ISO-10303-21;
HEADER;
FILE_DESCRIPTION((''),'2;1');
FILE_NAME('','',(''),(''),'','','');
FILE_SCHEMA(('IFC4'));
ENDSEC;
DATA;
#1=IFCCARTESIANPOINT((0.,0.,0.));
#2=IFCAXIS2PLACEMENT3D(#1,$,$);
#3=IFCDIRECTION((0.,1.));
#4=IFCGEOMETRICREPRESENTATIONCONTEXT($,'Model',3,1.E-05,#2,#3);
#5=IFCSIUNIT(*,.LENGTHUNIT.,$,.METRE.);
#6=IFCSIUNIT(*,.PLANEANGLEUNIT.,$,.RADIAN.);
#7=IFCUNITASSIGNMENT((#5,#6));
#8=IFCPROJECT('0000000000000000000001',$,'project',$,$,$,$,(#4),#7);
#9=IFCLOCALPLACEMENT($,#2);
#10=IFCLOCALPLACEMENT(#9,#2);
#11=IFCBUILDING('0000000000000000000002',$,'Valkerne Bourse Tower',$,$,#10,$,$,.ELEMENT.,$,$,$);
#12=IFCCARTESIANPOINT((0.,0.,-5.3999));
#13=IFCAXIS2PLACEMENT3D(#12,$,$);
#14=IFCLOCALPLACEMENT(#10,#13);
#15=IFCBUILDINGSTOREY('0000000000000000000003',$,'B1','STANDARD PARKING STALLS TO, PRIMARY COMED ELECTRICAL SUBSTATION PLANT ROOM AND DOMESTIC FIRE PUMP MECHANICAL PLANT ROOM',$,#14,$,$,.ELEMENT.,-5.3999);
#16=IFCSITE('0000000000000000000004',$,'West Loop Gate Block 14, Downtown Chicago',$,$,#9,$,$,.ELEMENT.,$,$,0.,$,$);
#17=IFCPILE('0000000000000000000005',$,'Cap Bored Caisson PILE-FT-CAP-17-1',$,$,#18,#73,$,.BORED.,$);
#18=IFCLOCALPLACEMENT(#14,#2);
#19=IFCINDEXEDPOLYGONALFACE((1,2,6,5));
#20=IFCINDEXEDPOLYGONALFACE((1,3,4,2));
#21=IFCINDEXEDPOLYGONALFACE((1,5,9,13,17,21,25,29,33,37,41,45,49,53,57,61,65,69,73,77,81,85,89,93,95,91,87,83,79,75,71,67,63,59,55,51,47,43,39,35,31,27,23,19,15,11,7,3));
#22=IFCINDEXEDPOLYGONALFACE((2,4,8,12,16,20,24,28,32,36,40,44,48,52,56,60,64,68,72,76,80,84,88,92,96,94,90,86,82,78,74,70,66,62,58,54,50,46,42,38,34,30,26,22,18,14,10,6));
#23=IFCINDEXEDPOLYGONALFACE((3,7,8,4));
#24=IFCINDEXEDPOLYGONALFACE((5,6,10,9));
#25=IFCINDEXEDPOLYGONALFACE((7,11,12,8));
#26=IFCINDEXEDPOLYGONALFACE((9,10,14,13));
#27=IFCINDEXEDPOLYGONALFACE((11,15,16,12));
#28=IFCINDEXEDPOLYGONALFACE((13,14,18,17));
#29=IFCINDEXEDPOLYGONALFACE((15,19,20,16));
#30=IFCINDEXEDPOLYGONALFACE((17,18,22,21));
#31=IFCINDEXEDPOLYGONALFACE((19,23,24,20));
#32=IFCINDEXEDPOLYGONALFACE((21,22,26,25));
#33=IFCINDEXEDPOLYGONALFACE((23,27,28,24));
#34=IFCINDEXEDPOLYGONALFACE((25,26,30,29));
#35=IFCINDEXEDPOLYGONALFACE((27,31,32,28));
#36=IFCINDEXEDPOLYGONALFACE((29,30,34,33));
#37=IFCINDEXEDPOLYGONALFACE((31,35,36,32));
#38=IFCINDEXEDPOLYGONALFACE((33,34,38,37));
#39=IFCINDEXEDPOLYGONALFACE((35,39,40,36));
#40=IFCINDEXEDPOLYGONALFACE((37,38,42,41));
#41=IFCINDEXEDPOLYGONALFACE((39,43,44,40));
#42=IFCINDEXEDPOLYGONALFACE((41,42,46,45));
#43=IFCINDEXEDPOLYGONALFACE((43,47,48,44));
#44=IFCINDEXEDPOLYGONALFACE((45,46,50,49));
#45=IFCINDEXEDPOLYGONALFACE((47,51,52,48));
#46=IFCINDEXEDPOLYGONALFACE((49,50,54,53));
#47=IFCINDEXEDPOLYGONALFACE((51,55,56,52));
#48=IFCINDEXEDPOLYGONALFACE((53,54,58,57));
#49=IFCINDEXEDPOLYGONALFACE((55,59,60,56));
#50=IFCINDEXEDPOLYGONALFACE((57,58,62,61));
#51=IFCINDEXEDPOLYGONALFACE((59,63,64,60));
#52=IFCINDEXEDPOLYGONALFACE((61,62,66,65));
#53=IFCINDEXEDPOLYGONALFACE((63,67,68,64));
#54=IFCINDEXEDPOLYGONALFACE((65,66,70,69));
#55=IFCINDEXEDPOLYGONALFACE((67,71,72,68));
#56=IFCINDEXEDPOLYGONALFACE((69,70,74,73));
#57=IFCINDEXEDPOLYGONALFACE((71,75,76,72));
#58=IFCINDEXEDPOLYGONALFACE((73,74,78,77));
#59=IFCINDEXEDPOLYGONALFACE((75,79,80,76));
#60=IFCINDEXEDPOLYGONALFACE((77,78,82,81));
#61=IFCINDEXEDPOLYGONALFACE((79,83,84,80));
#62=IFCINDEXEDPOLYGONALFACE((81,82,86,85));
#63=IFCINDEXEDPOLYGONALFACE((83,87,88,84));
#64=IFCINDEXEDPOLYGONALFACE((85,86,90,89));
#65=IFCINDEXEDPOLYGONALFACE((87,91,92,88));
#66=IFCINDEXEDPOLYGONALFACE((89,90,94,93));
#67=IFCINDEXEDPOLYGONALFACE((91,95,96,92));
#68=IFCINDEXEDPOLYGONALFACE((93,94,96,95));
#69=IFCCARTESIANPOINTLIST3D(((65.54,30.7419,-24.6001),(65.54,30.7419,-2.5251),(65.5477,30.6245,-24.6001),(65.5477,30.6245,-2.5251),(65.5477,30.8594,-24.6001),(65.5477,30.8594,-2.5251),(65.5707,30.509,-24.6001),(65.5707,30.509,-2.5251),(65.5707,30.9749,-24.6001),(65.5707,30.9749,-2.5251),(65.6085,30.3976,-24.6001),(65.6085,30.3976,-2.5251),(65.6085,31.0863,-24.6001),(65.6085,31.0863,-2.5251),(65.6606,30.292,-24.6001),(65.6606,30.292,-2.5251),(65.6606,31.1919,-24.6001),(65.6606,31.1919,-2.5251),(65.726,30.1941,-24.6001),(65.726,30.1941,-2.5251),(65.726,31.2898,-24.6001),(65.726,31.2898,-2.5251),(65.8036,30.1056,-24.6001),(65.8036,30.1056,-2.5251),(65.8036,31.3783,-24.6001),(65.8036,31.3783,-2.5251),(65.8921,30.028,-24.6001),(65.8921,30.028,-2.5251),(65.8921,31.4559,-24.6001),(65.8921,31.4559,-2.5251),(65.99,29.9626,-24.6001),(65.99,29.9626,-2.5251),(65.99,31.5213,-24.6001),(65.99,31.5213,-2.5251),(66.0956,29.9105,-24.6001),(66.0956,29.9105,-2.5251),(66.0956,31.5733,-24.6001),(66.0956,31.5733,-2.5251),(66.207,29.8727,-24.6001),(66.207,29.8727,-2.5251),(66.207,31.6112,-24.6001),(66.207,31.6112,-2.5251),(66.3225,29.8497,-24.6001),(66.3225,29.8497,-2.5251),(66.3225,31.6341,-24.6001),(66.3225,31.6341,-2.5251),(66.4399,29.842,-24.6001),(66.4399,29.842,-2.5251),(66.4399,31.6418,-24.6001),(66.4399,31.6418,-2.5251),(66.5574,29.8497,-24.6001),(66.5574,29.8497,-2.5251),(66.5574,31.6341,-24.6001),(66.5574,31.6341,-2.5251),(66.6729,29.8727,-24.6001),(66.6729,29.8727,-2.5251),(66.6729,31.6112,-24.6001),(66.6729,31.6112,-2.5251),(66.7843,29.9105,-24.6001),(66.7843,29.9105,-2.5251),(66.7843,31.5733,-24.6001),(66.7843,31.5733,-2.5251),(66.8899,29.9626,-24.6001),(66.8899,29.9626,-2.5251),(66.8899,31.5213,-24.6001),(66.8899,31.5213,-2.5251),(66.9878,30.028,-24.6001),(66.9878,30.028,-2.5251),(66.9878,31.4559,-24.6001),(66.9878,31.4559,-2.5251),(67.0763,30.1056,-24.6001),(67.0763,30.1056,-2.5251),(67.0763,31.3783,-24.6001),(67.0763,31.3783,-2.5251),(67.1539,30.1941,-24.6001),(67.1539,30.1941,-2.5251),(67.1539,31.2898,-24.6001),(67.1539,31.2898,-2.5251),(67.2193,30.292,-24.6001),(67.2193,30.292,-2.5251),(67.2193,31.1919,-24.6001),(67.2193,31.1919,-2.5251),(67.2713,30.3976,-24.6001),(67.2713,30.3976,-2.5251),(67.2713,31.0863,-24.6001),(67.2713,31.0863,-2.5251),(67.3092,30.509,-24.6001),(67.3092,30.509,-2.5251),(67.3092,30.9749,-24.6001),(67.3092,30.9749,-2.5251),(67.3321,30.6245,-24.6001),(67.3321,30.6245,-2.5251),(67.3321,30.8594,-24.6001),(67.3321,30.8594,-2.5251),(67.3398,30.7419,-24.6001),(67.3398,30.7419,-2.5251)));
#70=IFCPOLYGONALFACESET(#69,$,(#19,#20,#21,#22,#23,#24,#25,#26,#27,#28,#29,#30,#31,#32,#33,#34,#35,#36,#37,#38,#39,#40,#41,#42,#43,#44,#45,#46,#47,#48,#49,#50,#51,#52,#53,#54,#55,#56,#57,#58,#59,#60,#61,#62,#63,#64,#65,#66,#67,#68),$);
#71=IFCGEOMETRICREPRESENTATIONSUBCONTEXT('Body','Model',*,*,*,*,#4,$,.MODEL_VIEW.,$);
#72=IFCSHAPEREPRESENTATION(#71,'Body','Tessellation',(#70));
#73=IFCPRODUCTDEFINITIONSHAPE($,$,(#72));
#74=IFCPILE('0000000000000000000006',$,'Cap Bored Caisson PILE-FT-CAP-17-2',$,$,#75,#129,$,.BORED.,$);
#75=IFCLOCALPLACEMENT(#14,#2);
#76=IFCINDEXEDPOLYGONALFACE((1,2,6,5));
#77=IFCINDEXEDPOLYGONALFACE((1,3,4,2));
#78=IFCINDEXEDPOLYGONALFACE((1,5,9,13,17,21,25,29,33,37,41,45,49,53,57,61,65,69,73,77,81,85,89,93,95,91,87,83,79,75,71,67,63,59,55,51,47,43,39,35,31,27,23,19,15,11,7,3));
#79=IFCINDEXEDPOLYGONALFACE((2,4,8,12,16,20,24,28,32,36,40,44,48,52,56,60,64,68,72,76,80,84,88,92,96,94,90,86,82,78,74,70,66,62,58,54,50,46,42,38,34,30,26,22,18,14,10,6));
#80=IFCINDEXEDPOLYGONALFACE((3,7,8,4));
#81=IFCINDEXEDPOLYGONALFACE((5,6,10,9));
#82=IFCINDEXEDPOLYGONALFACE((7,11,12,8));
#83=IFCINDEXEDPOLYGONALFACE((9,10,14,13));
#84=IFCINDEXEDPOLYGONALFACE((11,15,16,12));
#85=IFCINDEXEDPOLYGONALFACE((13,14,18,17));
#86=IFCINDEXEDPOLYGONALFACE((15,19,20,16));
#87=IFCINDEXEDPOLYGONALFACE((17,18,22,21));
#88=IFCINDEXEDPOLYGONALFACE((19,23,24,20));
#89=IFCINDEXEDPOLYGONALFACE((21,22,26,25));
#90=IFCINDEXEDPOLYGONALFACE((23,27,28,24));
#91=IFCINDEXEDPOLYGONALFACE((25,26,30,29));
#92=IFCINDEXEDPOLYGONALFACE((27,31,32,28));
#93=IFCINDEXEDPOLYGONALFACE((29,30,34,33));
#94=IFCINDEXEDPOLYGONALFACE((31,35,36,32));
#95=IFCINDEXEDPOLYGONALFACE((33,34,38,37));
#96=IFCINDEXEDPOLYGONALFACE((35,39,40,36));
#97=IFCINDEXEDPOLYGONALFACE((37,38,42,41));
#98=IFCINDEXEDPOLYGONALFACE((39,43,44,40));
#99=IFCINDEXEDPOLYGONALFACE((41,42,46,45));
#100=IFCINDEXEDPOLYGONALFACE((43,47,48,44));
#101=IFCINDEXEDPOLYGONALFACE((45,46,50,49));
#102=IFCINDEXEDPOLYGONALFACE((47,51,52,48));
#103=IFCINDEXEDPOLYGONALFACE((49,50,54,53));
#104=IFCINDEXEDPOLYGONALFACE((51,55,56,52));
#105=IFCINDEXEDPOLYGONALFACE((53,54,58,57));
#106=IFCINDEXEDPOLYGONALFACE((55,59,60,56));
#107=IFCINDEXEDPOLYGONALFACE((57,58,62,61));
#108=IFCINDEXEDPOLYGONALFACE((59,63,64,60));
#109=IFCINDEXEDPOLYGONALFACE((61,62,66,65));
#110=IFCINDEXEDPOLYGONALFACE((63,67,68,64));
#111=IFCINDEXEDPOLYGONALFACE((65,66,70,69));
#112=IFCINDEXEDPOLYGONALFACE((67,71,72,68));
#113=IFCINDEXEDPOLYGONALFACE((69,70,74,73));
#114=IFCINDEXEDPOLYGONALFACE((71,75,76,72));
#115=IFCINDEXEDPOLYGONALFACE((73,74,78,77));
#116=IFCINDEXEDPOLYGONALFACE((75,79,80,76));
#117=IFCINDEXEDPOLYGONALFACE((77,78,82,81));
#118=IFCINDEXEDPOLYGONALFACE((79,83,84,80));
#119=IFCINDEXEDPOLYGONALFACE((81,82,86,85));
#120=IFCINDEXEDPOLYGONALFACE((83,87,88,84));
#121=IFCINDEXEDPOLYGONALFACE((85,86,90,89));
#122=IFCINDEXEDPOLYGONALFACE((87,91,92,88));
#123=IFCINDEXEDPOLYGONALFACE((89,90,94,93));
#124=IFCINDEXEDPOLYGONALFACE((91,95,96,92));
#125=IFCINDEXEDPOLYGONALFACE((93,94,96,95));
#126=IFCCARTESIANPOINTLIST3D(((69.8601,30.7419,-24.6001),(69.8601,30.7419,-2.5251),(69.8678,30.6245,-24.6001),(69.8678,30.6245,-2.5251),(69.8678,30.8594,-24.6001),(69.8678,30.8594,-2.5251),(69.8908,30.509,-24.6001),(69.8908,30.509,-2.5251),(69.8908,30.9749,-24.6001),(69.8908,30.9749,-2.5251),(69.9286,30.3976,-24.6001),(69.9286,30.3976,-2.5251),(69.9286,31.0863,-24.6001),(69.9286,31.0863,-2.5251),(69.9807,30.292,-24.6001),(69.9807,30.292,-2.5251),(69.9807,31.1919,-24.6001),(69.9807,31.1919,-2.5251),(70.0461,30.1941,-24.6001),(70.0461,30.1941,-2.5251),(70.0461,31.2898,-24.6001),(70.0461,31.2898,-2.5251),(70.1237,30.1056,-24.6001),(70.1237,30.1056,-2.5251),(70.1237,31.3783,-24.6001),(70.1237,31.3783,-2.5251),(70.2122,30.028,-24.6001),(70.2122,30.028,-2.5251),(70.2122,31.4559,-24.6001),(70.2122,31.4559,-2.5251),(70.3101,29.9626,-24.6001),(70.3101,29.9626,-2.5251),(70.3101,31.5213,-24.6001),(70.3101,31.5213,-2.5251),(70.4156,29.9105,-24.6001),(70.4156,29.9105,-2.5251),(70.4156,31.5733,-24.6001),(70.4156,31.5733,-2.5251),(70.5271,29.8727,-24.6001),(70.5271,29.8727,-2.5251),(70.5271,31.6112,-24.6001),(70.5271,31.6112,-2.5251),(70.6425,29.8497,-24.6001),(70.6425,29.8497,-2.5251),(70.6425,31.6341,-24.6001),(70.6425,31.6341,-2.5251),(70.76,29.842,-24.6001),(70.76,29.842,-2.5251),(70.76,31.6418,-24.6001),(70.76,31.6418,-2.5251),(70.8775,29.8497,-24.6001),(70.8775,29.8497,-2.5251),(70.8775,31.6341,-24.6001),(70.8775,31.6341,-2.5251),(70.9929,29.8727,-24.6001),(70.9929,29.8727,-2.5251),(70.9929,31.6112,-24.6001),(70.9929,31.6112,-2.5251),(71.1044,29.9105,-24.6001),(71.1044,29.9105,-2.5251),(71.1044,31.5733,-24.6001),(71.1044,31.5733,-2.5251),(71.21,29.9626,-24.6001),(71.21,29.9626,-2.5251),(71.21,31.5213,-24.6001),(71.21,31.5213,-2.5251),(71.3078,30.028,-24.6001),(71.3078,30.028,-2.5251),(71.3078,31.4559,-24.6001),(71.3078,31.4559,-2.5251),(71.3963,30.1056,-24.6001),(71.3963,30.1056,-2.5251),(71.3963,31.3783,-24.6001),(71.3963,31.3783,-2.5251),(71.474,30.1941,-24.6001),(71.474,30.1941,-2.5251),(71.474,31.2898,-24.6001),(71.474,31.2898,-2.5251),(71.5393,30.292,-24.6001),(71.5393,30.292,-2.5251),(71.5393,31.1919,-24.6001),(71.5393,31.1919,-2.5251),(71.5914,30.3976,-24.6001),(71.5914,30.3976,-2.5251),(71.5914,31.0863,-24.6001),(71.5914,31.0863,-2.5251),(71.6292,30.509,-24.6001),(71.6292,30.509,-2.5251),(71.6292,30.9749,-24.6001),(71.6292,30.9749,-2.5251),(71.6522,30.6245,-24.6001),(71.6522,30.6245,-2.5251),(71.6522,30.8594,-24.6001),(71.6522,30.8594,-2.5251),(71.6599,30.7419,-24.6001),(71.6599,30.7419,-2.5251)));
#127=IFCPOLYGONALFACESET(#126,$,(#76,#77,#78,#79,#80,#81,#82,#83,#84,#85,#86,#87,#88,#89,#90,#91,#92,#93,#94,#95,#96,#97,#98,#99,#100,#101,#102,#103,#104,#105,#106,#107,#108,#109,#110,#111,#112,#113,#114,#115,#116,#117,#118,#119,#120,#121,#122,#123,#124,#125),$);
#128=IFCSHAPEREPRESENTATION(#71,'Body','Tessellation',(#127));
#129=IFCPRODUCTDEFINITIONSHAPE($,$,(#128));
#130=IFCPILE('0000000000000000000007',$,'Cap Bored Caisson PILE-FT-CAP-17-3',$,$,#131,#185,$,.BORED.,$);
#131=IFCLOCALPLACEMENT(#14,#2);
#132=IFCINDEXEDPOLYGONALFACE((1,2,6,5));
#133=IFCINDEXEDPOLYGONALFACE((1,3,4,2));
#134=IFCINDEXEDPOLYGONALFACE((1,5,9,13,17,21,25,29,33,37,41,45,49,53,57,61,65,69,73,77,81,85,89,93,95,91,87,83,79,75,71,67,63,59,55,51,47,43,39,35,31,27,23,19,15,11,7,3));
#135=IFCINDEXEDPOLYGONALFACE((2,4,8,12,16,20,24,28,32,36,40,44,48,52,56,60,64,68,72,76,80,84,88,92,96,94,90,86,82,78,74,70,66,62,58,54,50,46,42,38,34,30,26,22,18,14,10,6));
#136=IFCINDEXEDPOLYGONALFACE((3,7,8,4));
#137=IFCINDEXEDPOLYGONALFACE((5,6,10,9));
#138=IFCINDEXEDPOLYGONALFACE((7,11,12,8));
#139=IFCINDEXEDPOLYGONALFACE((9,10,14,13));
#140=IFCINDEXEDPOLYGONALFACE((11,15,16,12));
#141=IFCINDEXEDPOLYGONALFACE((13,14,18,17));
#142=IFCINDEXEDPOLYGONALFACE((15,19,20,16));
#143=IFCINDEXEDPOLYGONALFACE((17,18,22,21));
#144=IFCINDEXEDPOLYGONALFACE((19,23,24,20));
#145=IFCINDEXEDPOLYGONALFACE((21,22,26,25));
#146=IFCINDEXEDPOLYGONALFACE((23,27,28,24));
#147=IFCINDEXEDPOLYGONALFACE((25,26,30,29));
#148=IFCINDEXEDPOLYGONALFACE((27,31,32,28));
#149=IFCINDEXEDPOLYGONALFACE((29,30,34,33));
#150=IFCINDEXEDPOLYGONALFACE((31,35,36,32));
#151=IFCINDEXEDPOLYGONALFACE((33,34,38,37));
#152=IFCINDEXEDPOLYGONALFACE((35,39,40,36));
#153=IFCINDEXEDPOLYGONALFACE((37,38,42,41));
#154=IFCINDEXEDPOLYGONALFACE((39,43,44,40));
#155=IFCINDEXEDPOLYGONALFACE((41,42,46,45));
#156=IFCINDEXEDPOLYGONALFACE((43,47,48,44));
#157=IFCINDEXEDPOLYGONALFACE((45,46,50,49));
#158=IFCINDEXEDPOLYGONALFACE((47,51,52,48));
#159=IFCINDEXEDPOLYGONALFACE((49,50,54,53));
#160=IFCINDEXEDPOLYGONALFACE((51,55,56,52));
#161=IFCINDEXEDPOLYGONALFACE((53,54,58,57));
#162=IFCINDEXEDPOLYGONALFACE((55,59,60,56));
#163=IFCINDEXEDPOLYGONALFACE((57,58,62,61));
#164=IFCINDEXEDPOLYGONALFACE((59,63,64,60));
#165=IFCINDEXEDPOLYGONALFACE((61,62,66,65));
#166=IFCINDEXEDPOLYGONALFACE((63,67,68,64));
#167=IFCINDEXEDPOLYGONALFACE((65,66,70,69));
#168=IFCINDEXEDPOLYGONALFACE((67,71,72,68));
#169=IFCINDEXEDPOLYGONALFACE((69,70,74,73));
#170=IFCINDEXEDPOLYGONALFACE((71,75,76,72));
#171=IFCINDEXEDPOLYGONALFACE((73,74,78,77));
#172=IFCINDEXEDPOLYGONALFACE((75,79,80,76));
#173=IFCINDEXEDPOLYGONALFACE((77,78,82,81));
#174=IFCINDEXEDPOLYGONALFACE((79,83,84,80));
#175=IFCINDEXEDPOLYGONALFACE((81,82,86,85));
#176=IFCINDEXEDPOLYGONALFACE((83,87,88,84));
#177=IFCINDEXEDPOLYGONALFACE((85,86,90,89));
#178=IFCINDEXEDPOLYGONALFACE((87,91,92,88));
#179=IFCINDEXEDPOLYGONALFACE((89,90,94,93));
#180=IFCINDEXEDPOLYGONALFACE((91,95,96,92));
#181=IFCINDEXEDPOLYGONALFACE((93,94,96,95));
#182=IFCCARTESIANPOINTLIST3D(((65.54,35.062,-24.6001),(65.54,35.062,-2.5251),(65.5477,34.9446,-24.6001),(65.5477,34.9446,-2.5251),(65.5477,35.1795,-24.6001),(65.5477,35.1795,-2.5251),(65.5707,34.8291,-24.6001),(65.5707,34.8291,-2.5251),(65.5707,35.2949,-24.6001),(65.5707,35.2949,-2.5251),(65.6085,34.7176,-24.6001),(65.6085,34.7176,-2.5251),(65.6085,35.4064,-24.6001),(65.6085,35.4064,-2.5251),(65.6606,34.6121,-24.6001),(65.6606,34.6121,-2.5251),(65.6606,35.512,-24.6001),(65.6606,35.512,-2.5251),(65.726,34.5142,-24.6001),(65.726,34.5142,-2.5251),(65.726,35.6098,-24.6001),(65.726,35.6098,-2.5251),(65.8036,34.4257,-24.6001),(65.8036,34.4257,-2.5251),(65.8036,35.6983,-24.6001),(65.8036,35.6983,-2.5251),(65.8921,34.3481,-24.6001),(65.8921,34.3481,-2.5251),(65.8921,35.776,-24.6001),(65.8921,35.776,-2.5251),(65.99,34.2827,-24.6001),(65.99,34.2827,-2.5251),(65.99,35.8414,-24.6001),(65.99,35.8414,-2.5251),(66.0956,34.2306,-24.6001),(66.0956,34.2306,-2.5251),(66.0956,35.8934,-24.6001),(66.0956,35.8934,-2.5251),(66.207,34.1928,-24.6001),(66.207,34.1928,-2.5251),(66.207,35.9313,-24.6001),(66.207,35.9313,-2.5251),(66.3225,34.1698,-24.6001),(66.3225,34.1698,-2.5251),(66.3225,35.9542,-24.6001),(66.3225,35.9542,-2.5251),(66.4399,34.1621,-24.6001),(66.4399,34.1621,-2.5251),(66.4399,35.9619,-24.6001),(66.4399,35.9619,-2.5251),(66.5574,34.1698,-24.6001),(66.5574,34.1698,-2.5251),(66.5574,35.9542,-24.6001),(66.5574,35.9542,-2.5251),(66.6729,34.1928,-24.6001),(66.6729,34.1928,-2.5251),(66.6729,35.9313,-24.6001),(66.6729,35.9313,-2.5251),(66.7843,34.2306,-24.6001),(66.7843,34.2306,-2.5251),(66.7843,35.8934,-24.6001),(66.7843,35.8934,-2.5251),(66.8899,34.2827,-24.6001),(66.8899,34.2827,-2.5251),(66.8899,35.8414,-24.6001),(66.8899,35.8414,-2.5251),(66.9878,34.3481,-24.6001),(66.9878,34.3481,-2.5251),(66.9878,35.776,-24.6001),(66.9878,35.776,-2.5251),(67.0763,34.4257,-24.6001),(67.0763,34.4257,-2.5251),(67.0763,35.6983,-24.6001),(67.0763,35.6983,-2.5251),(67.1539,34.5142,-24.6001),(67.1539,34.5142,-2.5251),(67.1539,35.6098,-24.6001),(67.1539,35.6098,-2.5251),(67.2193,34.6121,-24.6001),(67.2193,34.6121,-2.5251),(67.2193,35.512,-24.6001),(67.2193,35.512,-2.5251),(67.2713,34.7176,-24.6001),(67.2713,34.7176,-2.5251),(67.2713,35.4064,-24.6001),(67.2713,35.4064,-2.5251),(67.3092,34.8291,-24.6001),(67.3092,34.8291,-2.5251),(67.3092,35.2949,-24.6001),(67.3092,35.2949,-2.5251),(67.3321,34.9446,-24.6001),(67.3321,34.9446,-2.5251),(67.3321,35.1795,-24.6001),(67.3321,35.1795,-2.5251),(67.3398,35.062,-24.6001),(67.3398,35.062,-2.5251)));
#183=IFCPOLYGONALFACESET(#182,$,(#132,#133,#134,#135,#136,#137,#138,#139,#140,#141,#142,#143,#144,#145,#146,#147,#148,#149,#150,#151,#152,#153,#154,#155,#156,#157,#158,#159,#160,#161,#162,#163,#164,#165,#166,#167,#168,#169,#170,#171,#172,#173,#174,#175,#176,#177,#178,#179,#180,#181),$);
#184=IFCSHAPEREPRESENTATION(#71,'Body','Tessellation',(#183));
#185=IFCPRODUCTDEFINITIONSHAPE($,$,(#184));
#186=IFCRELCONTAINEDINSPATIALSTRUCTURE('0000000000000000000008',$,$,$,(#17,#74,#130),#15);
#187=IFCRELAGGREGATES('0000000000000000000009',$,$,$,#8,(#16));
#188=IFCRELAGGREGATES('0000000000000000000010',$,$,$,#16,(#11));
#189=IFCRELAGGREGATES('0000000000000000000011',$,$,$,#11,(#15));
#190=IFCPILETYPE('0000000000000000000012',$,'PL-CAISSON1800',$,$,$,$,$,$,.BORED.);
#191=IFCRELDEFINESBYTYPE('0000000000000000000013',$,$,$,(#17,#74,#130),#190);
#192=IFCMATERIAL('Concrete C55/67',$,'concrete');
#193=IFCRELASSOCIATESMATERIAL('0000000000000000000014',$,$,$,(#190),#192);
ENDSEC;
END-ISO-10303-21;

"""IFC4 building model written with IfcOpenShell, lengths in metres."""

from ifc_helpers import new_model, si_unit, direction, frame, origin, origin_2d, place, context, subcontext, project, spatial, circle, extrude, material, material_profile, profile_set, type_object, element, save


model = new_model("IFC4")

# Units and contexts
model_context = context("Model", 3, precision=1e-05, world=origin(), true_north=direction((0.0, 1.0)))
body_context = subcontext(model_context, "Body", "Model", "MODEL_VIEW")
ifc_project = project(units=[si_unit("LENGTHUNIT", "METRE"), si_unit("PLANEANGLEUNIT", "RADIAN")], contexts=[model_context])

# Site, building, storey
site_placement = place(None, origin())
site = spatial("IfcSite", under=ifc_project, at=site_placement, Name="West Loop Gate Block 14, Downtown Chicago", CompositionType="ELEMENT", RefElevation=0.0)
building_placement = place(site_placement, origin())
building = spatial("IfcBuilding", under=site, at=building_placement, Name="Valkerne Bourse Tower", CompositionType="ELEMENT")
storey_placement = place(building_placement, frame((0.0, 0.0, -5.3999)))
storey = spatial("IfcBuildingStorey", under=building, at=storey_placement, Name="B1", Description="STANDARD PARKING STALLS TO, PRIMARY COMED ELECTRICAL SUBSTATION PLANT ROOM AND DOMESTIC FIRE PUMP MECHANICAL PLANT ROOM", CompositionType="ELEMENT", Elevation=-5.3999)

# Piles
ifc_material_1 = material(Name="Concrete C55/67", Category="concrete")
ifc_material_profile_1 = material_profile(ifc_material_1, circle(Radius=0.8999, at=origin_2d()), Name="CAISSON1800")
ifc_profile_set_1 = profile_set([ifc_material_profile_1], Name="Concrete C55/67")
pile_type_1 = type_object("IfcPileType", Name="PL-CAISSON1800", PredefinedType="BORED", material=ifc_profile_set_1)
for number, where, z_axis, x_axis, name in (
    (1, (66.4399, 30.7419, -2.5251), (0.0, 0.0, -1.0), (1.0, 0.0, 0.0), "Cap Bored Caisson PILE-FT-CAP-17-1"),
    (2, (70.76, 30.7419, -2.5251), (0.0, 0.0, -1.0), (1.0, 0.0, 0.0), "Cap Bored Caisson PILE-FT-CAP-17-2"),
    (3, (66.4399, 35.062, -2.5251), (0.0, 0.0, -1.0), (1.0, 0.0, 0.0), "Cap Bored Caisson PILE-FT-CAP-17-3"),
):
    element("IfcPile", number, at=place(storey_placement, frame(where, z_axis=z_axis, x_axis=x_axis)), inside=storey, type_object=pile_type_1, Name=name, PredefinedType="BORED", context=body_context, shape_type="SweptSolid", body=[
        extrude(circle(Radius=0.8999, at=origin_2d()), origin(), (0.0, 0.0, 1.0), 22.075),
    ])

save(model, "model.ifc")
